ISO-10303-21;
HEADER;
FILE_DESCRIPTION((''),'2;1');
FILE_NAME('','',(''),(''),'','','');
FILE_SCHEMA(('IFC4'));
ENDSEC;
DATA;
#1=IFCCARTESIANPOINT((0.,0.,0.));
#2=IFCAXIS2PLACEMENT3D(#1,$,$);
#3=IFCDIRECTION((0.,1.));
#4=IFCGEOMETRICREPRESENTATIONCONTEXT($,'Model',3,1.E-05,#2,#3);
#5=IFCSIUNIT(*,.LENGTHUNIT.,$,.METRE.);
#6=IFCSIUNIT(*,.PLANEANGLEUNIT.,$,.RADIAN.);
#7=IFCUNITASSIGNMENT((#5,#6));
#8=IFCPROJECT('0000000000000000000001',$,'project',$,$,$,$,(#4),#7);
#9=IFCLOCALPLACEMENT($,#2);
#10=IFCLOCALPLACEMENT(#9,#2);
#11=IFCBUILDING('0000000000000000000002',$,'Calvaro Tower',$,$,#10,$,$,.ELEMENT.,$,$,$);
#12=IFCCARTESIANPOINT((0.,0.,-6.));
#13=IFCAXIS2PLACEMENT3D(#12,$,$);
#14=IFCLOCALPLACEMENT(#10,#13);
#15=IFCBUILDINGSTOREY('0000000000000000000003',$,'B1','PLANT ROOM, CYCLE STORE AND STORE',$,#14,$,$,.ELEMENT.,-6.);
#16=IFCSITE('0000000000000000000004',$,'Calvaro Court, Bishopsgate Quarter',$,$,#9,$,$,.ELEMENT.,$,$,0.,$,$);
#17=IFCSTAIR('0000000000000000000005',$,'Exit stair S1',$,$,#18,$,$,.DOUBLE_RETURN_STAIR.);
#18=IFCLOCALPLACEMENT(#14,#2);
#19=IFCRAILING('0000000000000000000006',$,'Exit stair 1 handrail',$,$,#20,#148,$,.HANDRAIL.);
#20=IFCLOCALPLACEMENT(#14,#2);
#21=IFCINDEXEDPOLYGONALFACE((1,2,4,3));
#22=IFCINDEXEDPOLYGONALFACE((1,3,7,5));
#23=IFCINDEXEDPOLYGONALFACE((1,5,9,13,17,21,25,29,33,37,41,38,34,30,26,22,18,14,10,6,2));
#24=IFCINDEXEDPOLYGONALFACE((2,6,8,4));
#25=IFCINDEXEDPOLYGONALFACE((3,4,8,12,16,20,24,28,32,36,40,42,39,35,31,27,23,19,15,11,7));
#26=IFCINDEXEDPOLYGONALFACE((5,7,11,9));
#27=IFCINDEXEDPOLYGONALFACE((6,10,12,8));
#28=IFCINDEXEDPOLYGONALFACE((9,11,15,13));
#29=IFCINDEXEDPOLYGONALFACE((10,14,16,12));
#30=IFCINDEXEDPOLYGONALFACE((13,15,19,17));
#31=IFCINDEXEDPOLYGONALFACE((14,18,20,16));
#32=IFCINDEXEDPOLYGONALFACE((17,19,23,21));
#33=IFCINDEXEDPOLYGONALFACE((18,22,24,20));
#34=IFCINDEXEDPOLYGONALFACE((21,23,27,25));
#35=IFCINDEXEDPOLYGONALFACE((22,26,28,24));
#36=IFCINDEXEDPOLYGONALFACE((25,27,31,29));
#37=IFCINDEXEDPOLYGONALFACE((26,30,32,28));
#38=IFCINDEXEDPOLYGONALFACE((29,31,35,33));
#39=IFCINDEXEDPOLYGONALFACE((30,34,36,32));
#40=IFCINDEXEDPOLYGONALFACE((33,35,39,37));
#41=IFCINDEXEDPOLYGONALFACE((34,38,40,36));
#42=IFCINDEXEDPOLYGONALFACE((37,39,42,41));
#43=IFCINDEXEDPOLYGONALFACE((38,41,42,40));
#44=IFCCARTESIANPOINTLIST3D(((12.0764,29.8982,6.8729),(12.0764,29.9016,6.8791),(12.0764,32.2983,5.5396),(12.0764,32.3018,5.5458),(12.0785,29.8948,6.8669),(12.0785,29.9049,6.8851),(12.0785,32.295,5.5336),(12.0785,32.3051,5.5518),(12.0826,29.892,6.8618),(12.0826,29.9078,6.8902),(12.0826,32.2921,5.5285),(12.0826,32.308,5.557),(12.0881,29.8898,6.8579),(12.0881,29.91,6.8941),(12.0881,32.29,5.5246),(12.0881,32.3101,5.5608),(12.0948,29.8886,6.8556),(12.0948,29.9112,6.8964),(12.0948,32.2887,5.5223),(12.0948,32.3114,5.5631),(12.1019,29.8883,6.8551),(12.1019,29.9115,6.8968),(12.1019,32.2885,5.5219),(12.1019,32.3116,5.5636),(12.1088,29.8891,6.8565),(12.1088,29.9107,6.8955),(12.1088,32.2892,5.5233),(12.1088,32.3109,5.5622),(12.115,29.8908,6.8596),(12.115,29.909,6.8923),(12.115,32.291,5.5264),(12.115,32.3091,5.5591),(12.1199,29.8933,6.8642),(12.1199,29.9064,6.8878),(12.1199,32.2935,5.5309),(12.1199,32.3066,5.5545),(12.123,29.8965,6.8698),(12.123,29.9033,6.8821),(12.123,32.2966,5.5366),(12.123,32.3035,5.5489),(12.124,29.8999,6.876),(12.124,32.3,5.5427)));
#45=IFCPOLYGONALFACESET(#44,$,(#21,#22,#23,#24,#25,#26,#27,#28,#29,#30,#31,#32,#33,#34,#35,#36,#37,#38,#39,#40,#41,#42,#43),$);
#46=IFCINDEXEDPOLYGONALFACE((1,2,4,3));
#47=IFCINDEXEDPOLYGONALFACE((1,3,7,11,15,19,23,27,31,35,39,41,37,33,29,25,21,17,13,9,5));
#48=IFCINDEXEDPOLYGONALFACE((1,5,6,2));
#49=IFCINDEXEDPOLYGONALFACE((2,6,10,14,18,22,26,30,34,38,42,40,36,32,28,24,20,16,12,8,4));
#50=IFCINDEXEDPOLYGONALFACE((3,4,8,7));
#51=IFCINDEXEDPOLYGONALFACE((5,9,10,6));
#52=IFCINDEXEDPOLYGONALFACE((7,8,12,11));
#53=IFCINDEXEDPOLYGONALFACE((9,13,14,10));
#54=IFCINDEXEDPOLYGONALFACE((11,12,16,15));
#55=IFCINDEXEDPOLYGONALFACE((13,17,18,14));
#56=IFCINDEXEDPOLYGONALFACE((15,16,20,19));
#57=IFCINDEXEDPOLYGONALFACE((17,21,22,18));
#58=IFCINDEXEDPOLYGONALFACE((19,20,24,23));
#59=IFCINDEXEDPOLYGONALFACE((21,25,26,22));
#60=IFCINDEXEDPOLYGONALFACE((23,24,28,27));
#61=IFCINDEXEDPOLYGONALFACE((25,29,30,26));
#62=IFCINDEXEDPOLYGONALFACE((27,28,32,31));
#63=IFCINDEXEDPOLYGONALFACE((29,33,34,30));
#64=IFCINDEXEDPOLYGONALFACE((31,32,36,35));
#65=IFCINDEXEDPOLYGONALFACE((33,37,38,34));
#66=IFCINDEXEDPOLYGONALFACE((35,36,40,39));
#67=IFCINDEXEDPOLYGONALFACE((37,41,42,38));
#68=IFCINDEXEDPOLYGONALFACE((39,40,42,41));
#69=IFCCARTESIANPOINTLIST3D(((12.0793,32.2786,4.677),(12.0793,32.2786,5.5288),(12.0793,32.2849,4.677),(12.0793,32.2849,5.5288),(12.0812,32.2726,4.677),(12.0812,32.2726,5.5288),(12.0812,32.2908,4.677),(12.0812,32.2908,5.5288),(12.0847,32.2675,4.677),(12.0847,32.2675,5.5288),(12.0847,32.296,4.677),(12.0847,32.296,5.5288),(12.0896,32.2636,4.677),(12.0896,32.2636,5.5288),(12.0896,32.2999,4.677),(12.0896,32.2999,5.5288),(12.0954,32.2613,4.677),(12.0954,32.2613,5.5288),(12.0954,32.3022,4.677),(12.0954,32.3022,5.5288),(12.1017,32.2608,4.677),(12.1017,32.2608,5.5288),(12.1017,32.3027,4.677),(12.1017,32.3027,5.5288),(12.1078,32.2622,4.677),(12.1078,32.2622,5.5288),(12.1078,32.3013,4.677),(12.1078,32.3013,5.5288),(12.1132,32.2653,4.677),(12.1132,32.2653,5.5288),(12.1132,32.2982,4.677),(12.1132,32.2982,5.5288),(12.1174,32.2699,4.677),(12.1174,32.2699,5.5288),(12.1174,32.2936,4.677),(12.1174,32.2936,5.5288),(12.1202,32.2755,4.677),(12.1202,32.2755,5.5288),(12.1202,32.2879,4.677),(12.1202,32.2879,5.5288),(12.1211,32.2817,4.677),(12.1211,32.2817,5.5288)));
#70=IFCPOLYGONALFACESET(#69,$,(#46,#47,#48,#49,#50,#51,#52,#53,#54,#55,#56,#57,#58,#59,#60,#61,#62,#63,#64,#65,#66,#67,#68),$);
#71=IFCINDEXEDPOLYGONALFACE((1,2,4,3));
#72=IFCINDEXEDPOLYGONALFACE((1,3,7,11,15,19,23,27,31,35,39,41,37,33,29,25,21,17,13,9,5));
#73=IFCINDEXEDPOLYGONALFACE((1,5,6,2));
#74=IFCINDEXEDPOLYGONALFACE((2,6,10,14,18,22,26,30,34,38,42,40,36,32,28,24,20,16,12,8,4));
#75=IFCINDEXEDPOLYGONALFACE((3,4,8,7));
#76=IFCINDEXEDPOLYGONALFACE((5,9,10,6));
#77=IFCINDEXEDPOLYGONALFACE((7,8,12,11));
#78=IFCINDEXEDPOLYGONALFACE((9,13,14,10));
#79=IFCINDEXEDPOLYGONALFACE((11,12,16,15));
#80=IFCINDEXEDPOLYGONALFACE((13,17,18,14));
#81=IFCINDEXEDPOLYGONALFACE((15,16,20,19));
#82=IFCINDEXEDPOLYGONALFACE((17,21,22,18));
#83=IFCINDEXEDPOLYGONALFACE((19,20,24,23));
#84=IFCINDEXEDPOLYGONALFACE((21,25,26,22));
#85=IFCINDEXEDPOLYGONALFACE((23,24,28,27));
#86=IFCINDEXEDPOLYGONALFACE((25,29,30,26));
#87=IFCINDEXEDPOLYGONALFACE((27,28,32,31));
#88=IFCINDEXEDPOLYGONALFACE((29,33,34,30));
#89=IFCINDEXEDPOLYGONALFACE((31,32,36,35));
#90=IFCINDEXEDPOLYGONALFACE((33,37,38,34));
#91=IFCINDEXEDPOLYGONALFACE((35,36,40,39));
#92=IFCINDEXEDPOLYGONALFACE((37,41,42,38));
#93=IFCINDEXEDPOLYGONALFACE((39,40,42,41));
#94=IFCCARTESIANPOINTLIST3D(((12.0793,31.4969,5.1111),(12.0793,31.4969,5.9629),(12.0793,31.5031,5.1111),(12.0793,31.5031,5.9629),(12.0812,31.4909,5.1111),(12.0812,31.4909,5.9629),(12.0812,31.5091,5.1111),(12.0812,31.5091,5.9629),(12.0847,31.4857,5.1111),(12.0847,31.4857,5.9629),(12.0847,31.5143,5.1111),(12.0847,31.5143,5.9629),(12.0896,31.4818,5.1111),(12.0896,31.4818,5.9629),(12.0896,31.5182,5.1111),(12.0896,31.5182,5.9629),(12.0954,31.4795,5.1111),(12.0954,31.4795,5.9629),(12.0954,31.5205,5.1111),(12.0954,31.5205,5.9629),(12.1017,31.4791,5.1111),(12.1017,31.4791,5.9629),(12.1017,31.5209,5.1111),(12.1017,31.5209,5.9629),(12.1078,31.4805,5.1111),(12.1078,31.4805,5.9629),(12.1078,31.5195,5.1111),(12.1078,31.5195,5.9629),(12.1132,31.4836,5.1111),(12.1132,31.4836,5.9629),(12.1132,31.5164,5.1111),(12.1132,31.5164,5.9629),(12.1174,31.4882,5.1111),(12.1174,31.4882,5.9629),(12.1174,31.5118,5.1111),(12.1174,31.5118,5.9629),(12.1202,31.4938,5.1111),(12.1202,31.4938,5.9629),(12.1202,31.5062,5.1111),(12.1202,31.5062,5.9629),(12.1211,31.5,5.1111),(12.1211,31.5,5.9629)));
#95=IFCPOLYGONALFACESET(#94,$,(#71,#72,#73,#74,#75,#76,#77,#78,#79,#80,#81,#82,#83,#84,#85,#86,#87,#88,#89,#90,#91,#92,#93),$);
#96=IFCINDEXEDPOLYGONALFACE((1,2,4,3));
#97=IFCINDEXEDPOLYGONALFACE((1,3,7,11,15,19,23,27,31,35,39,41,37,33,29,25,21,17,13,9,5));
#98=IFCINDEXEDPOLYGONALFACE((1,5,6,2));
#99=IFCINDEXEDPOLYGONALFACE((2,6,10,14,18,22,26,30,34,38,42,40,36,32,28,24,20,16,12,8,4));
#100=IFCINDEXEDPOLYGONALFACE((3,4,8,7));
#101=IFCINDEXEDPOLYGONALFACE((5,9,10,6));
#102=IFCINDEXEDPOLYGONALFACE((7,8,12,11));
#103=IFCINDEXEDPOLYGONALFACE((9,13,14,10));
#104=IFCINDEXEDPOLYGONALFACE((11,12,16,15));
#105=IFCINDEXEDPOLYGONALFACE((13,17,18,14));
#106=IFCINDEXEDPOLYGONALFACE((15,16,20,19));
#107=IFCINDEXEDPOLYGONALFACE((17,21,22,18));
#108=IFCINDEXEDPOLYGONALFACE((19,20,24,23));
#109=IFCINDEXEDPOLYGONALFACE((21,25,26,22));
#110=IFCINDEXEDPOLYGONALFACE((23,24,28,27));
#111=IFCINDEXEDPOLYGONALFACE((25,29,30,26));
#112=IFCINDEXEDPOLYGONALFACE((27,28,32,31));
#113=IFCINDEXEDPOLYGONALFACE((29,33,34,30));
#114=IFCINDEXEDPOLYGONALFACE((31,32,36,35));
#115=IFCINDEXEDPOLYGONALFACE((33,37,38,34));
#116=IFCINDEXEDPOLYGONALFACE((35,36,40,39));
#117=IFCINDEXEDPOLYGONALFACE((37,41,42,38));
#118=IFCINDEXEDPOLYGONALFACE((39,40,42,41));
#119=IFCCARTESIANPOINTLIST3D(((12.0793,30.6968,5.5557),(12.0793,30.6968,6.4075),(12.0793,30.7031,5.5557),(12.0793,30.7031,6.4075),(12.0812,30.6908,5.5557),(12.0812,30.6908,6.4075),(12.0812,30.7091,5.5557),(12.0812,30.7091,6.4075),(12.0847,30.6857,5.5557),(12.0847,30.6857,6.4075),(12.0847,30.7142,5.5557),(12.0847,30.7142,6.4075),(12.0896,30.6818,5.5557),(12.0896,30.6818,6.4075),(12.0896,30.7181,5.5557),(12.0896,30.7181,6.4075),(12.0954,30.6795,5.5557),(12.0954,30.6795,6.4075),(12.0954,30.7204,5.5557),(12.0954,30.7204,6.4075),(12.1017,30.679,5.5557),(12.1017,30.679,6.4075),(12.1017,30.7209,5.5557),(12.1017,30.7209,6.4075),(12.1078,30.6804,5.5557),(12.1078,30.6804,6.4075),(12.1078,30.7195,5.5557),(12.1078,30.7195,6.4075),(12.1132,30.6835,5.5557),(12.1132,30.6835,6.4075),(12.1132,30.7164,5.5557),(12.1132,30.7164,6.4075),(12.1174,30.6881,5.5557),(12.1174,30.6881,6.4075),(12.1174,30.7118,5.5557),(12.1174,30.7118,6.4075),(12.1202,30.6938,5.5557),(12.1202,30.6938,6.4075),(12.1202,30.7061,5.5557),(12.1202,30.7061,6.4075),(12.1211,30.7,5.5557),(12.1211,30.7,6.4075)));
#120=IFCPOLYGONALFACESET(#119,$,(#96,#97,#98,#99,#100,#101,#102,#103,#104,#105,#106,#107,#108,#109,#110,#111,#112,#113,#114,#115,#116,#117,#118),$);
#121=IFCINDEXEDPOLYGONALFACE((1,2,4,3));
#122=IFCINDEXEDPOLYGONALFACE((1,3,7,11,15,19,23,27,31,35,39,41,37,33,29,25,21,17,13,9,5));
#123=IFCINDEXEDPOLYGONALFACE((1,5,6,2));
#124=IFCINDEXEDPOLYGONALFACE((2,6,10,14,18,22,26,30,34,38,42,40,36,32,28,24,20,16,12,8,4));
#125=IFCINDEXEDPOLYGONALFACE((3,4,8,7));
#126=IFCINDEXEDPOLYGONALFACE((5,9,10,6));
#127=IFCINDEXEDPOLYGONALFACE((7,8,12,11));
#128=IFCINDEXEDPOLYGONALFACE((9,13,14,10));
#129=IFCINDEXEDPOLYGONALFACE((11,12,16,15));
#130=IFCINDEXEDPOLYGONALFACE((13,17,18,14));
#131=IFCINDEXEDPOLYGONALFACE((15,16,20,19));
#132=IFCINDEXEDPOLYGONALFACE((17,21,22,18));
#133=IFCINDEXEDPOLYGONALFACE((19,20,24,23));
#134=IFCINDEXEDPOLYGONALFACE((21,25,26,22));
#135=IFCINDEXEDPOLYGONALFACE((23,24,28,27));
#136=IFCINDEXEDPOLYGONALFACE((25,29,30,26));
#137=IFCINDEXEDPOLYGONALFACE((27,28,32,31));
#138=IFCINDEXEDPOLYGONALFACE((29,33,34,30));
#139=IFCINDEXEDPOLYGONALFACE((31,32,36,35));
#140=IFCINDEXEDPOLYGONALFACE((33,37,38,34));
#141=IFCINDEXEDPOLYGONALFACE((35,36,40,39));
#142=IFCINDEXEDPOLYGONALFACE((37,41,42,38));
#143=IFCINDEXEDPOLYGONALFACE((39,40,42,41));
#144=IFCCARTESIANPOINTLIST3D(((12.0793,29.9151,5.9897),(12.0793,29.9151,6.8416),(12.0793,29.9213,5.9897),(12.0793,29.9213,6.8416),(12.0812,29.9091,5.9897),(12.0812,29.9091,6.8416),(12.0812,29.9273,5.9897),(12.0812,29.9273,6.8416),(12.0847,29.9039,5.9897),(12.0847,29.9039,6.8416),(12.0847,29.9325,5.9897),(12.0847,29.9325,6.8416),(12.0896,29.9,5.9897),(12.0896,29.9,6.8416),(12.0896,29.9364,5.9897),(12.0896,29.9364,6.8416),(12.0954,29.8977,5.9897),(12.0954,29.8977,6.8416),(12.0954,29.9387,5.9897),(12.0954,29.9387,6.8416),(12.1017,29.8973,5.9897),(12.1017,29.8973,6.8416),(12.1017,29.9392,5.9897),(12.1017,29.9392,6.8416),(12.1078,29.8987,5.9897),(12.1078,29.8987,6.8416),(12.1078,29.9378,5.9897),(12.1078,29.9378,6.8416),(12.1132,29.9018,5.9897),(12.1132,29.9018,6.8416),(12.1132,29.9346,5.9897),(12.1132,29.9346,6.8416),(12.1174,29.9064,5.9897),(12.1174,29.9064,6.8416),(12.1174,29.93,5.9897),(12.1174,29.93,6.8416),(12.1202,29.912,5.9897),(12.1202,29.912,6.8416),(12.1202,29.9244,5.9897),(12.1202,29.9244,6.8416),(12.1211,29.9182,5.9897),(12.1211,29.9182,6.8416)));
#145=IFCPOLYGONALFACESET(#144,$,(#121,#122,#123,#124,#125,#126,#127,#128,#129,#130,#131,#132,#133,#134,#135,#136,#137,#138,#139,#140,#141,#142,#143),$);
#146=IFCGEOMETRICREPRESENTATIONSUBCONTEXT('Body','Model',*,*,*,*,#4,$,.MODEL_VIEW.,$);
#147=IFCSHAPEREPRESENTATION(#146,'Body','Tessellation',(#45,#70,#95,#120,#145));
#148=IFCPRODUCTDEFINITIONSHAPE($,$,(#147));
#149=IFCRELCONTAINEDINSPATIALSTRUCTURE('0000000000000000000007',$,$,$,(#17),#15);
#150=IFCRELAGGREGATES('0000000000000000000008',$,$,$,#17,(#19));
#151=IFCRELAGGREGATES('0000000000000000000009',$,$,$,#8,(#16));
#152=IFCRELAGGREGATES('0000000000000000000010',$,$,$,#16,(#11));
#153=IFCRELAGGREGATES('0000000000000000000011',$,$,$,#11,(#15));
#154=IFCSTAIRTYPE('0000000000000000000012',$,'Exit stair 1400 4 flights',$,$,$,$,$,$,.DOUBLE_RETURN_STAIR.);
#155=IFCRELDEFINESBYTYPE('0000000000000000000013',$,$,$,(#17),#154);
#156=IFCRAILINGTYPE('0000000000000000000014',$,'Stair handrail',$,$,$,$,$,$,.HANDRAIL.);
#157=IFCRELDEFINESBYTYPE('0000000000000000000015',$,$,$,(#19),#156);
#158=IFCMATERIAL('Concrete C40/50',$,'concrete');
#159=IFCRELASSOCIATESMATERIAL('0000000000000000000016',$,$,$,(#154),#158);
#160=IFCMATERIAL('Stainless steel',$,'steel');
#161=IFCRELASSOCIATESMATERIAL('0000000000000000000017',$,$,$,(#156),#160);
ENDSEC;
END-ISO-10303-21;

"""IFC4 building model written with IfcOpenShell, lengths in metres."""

from ifc_helpers import new_model, si_unit, direction, frame, origin, origin_2d, place, context, subcontext, project, spatial, circle, extrude, material, type_object, element, aggregate, save


model = new_model("IFC4")

# Units and contexts
model_context = context("Model", 3, precision=1e-05, world=origin(), true_north=direction((0.0, 1.0)))
body_context = subcontext(model_context, "Body", "Model", "MODEL_VIEW")
ifc_project = project(units=[si_unit("LENGTHUNIT", "METRE"), si_unit("PLANEANGLEUNIT", "RADIAN")], contexts=[model_context])

# Site, building, storey
site_placement = place(None, origin())
site = spatial("IfcSite", under=ifc_project, at=site_placement, Name="Calvaro Court, Bishopsgate Quarter", CompositionType="ELEMENT", RefElevation=0.0)
building_placement = place(site_placement, origin())
building = spatial("IfcBuilding", under=site, at=building_placement, Name="Calvaro Tower", CompositionType="ELEMENT")
storey_placement = place(building_placement, frame((0.0, 0.0, -6.0)))
storey = spatial("IfcBuildingStorey", under=building, at=storey_placement, Name="B1", Description="PLANT ROOM, CYCLE STORE AND STORE", CompositionType="ELEMENT", Elevation=-6.0)

# Stair, railing
ifc_material_1 = material(Name="Concrete C40/50", Category="concrete")
stair_type = type_object("IfcStairType", Name="Exit stair 1400 4 flights", PredefinedType="DOUBLE_RETURN_STAIR", material=ifc_material_1)
stair_placement = place(storey_placement, origin())
stair = element("IfcStair", 1, at=stair_placement, inside=storey, type_object=stair_type, Name="Exit stair S1", PredefinedType="DOUBLE_RETURN_STAIR")
ifc_material_2 = material(Name="Stainless steel", Category="steel")
railing_type = type_object("IfcRailingType", Name="Stair handrail", PredefinedType="HANDRAIL", material=ifc_material_2)
railing_1_placement = place(storey_placement, frame((12.1001, 32.3, 4.6667)))
railing_1 = element("IfcRailing", 2, at=railing_1_placement, type_object=railing_type, Name="Exit stair 1 handrail", PredefinedType="HANDRAIL", context=body_context, shape_type="SweptSolid", body=[
    extrude(circle(Radius=0.0239, at=origin_2d()), frame((0.0, 0.0, 0.876), z_axis=(0.0, -0.874182, 0.485598), x_axis=(1.0, 0.0, 0.0)), (0.0, 0.0, 1.0), 2.7456),
    extrude(circle(Radius=0.021, at=origin_2d()), frame((0.0, -0.0183, 0.0103)), (0.0, 0.0, 1.0), 0.8518),
    extrude(circle(Radius=0.021, at=origin_2d()), frame((0.0, -0.8, 0.4443)), (0.0, 0.0, 1.0), 0.8518),
    extrude(circle(Radius=0.021, at=origin_2d()), frame((0.0, -1.6001, 0.8889)), (0.0, 0.0, 1.0), 0.8518),
    extrude(circle(Radius=0.021, at=origin_2d()), frame((0.0, -2.3818, 1.323)), (0.0, 0.0, 1.0), 0.8518),
])
aggregate(stair, [railing_1])

save(model, "model.ifc")
